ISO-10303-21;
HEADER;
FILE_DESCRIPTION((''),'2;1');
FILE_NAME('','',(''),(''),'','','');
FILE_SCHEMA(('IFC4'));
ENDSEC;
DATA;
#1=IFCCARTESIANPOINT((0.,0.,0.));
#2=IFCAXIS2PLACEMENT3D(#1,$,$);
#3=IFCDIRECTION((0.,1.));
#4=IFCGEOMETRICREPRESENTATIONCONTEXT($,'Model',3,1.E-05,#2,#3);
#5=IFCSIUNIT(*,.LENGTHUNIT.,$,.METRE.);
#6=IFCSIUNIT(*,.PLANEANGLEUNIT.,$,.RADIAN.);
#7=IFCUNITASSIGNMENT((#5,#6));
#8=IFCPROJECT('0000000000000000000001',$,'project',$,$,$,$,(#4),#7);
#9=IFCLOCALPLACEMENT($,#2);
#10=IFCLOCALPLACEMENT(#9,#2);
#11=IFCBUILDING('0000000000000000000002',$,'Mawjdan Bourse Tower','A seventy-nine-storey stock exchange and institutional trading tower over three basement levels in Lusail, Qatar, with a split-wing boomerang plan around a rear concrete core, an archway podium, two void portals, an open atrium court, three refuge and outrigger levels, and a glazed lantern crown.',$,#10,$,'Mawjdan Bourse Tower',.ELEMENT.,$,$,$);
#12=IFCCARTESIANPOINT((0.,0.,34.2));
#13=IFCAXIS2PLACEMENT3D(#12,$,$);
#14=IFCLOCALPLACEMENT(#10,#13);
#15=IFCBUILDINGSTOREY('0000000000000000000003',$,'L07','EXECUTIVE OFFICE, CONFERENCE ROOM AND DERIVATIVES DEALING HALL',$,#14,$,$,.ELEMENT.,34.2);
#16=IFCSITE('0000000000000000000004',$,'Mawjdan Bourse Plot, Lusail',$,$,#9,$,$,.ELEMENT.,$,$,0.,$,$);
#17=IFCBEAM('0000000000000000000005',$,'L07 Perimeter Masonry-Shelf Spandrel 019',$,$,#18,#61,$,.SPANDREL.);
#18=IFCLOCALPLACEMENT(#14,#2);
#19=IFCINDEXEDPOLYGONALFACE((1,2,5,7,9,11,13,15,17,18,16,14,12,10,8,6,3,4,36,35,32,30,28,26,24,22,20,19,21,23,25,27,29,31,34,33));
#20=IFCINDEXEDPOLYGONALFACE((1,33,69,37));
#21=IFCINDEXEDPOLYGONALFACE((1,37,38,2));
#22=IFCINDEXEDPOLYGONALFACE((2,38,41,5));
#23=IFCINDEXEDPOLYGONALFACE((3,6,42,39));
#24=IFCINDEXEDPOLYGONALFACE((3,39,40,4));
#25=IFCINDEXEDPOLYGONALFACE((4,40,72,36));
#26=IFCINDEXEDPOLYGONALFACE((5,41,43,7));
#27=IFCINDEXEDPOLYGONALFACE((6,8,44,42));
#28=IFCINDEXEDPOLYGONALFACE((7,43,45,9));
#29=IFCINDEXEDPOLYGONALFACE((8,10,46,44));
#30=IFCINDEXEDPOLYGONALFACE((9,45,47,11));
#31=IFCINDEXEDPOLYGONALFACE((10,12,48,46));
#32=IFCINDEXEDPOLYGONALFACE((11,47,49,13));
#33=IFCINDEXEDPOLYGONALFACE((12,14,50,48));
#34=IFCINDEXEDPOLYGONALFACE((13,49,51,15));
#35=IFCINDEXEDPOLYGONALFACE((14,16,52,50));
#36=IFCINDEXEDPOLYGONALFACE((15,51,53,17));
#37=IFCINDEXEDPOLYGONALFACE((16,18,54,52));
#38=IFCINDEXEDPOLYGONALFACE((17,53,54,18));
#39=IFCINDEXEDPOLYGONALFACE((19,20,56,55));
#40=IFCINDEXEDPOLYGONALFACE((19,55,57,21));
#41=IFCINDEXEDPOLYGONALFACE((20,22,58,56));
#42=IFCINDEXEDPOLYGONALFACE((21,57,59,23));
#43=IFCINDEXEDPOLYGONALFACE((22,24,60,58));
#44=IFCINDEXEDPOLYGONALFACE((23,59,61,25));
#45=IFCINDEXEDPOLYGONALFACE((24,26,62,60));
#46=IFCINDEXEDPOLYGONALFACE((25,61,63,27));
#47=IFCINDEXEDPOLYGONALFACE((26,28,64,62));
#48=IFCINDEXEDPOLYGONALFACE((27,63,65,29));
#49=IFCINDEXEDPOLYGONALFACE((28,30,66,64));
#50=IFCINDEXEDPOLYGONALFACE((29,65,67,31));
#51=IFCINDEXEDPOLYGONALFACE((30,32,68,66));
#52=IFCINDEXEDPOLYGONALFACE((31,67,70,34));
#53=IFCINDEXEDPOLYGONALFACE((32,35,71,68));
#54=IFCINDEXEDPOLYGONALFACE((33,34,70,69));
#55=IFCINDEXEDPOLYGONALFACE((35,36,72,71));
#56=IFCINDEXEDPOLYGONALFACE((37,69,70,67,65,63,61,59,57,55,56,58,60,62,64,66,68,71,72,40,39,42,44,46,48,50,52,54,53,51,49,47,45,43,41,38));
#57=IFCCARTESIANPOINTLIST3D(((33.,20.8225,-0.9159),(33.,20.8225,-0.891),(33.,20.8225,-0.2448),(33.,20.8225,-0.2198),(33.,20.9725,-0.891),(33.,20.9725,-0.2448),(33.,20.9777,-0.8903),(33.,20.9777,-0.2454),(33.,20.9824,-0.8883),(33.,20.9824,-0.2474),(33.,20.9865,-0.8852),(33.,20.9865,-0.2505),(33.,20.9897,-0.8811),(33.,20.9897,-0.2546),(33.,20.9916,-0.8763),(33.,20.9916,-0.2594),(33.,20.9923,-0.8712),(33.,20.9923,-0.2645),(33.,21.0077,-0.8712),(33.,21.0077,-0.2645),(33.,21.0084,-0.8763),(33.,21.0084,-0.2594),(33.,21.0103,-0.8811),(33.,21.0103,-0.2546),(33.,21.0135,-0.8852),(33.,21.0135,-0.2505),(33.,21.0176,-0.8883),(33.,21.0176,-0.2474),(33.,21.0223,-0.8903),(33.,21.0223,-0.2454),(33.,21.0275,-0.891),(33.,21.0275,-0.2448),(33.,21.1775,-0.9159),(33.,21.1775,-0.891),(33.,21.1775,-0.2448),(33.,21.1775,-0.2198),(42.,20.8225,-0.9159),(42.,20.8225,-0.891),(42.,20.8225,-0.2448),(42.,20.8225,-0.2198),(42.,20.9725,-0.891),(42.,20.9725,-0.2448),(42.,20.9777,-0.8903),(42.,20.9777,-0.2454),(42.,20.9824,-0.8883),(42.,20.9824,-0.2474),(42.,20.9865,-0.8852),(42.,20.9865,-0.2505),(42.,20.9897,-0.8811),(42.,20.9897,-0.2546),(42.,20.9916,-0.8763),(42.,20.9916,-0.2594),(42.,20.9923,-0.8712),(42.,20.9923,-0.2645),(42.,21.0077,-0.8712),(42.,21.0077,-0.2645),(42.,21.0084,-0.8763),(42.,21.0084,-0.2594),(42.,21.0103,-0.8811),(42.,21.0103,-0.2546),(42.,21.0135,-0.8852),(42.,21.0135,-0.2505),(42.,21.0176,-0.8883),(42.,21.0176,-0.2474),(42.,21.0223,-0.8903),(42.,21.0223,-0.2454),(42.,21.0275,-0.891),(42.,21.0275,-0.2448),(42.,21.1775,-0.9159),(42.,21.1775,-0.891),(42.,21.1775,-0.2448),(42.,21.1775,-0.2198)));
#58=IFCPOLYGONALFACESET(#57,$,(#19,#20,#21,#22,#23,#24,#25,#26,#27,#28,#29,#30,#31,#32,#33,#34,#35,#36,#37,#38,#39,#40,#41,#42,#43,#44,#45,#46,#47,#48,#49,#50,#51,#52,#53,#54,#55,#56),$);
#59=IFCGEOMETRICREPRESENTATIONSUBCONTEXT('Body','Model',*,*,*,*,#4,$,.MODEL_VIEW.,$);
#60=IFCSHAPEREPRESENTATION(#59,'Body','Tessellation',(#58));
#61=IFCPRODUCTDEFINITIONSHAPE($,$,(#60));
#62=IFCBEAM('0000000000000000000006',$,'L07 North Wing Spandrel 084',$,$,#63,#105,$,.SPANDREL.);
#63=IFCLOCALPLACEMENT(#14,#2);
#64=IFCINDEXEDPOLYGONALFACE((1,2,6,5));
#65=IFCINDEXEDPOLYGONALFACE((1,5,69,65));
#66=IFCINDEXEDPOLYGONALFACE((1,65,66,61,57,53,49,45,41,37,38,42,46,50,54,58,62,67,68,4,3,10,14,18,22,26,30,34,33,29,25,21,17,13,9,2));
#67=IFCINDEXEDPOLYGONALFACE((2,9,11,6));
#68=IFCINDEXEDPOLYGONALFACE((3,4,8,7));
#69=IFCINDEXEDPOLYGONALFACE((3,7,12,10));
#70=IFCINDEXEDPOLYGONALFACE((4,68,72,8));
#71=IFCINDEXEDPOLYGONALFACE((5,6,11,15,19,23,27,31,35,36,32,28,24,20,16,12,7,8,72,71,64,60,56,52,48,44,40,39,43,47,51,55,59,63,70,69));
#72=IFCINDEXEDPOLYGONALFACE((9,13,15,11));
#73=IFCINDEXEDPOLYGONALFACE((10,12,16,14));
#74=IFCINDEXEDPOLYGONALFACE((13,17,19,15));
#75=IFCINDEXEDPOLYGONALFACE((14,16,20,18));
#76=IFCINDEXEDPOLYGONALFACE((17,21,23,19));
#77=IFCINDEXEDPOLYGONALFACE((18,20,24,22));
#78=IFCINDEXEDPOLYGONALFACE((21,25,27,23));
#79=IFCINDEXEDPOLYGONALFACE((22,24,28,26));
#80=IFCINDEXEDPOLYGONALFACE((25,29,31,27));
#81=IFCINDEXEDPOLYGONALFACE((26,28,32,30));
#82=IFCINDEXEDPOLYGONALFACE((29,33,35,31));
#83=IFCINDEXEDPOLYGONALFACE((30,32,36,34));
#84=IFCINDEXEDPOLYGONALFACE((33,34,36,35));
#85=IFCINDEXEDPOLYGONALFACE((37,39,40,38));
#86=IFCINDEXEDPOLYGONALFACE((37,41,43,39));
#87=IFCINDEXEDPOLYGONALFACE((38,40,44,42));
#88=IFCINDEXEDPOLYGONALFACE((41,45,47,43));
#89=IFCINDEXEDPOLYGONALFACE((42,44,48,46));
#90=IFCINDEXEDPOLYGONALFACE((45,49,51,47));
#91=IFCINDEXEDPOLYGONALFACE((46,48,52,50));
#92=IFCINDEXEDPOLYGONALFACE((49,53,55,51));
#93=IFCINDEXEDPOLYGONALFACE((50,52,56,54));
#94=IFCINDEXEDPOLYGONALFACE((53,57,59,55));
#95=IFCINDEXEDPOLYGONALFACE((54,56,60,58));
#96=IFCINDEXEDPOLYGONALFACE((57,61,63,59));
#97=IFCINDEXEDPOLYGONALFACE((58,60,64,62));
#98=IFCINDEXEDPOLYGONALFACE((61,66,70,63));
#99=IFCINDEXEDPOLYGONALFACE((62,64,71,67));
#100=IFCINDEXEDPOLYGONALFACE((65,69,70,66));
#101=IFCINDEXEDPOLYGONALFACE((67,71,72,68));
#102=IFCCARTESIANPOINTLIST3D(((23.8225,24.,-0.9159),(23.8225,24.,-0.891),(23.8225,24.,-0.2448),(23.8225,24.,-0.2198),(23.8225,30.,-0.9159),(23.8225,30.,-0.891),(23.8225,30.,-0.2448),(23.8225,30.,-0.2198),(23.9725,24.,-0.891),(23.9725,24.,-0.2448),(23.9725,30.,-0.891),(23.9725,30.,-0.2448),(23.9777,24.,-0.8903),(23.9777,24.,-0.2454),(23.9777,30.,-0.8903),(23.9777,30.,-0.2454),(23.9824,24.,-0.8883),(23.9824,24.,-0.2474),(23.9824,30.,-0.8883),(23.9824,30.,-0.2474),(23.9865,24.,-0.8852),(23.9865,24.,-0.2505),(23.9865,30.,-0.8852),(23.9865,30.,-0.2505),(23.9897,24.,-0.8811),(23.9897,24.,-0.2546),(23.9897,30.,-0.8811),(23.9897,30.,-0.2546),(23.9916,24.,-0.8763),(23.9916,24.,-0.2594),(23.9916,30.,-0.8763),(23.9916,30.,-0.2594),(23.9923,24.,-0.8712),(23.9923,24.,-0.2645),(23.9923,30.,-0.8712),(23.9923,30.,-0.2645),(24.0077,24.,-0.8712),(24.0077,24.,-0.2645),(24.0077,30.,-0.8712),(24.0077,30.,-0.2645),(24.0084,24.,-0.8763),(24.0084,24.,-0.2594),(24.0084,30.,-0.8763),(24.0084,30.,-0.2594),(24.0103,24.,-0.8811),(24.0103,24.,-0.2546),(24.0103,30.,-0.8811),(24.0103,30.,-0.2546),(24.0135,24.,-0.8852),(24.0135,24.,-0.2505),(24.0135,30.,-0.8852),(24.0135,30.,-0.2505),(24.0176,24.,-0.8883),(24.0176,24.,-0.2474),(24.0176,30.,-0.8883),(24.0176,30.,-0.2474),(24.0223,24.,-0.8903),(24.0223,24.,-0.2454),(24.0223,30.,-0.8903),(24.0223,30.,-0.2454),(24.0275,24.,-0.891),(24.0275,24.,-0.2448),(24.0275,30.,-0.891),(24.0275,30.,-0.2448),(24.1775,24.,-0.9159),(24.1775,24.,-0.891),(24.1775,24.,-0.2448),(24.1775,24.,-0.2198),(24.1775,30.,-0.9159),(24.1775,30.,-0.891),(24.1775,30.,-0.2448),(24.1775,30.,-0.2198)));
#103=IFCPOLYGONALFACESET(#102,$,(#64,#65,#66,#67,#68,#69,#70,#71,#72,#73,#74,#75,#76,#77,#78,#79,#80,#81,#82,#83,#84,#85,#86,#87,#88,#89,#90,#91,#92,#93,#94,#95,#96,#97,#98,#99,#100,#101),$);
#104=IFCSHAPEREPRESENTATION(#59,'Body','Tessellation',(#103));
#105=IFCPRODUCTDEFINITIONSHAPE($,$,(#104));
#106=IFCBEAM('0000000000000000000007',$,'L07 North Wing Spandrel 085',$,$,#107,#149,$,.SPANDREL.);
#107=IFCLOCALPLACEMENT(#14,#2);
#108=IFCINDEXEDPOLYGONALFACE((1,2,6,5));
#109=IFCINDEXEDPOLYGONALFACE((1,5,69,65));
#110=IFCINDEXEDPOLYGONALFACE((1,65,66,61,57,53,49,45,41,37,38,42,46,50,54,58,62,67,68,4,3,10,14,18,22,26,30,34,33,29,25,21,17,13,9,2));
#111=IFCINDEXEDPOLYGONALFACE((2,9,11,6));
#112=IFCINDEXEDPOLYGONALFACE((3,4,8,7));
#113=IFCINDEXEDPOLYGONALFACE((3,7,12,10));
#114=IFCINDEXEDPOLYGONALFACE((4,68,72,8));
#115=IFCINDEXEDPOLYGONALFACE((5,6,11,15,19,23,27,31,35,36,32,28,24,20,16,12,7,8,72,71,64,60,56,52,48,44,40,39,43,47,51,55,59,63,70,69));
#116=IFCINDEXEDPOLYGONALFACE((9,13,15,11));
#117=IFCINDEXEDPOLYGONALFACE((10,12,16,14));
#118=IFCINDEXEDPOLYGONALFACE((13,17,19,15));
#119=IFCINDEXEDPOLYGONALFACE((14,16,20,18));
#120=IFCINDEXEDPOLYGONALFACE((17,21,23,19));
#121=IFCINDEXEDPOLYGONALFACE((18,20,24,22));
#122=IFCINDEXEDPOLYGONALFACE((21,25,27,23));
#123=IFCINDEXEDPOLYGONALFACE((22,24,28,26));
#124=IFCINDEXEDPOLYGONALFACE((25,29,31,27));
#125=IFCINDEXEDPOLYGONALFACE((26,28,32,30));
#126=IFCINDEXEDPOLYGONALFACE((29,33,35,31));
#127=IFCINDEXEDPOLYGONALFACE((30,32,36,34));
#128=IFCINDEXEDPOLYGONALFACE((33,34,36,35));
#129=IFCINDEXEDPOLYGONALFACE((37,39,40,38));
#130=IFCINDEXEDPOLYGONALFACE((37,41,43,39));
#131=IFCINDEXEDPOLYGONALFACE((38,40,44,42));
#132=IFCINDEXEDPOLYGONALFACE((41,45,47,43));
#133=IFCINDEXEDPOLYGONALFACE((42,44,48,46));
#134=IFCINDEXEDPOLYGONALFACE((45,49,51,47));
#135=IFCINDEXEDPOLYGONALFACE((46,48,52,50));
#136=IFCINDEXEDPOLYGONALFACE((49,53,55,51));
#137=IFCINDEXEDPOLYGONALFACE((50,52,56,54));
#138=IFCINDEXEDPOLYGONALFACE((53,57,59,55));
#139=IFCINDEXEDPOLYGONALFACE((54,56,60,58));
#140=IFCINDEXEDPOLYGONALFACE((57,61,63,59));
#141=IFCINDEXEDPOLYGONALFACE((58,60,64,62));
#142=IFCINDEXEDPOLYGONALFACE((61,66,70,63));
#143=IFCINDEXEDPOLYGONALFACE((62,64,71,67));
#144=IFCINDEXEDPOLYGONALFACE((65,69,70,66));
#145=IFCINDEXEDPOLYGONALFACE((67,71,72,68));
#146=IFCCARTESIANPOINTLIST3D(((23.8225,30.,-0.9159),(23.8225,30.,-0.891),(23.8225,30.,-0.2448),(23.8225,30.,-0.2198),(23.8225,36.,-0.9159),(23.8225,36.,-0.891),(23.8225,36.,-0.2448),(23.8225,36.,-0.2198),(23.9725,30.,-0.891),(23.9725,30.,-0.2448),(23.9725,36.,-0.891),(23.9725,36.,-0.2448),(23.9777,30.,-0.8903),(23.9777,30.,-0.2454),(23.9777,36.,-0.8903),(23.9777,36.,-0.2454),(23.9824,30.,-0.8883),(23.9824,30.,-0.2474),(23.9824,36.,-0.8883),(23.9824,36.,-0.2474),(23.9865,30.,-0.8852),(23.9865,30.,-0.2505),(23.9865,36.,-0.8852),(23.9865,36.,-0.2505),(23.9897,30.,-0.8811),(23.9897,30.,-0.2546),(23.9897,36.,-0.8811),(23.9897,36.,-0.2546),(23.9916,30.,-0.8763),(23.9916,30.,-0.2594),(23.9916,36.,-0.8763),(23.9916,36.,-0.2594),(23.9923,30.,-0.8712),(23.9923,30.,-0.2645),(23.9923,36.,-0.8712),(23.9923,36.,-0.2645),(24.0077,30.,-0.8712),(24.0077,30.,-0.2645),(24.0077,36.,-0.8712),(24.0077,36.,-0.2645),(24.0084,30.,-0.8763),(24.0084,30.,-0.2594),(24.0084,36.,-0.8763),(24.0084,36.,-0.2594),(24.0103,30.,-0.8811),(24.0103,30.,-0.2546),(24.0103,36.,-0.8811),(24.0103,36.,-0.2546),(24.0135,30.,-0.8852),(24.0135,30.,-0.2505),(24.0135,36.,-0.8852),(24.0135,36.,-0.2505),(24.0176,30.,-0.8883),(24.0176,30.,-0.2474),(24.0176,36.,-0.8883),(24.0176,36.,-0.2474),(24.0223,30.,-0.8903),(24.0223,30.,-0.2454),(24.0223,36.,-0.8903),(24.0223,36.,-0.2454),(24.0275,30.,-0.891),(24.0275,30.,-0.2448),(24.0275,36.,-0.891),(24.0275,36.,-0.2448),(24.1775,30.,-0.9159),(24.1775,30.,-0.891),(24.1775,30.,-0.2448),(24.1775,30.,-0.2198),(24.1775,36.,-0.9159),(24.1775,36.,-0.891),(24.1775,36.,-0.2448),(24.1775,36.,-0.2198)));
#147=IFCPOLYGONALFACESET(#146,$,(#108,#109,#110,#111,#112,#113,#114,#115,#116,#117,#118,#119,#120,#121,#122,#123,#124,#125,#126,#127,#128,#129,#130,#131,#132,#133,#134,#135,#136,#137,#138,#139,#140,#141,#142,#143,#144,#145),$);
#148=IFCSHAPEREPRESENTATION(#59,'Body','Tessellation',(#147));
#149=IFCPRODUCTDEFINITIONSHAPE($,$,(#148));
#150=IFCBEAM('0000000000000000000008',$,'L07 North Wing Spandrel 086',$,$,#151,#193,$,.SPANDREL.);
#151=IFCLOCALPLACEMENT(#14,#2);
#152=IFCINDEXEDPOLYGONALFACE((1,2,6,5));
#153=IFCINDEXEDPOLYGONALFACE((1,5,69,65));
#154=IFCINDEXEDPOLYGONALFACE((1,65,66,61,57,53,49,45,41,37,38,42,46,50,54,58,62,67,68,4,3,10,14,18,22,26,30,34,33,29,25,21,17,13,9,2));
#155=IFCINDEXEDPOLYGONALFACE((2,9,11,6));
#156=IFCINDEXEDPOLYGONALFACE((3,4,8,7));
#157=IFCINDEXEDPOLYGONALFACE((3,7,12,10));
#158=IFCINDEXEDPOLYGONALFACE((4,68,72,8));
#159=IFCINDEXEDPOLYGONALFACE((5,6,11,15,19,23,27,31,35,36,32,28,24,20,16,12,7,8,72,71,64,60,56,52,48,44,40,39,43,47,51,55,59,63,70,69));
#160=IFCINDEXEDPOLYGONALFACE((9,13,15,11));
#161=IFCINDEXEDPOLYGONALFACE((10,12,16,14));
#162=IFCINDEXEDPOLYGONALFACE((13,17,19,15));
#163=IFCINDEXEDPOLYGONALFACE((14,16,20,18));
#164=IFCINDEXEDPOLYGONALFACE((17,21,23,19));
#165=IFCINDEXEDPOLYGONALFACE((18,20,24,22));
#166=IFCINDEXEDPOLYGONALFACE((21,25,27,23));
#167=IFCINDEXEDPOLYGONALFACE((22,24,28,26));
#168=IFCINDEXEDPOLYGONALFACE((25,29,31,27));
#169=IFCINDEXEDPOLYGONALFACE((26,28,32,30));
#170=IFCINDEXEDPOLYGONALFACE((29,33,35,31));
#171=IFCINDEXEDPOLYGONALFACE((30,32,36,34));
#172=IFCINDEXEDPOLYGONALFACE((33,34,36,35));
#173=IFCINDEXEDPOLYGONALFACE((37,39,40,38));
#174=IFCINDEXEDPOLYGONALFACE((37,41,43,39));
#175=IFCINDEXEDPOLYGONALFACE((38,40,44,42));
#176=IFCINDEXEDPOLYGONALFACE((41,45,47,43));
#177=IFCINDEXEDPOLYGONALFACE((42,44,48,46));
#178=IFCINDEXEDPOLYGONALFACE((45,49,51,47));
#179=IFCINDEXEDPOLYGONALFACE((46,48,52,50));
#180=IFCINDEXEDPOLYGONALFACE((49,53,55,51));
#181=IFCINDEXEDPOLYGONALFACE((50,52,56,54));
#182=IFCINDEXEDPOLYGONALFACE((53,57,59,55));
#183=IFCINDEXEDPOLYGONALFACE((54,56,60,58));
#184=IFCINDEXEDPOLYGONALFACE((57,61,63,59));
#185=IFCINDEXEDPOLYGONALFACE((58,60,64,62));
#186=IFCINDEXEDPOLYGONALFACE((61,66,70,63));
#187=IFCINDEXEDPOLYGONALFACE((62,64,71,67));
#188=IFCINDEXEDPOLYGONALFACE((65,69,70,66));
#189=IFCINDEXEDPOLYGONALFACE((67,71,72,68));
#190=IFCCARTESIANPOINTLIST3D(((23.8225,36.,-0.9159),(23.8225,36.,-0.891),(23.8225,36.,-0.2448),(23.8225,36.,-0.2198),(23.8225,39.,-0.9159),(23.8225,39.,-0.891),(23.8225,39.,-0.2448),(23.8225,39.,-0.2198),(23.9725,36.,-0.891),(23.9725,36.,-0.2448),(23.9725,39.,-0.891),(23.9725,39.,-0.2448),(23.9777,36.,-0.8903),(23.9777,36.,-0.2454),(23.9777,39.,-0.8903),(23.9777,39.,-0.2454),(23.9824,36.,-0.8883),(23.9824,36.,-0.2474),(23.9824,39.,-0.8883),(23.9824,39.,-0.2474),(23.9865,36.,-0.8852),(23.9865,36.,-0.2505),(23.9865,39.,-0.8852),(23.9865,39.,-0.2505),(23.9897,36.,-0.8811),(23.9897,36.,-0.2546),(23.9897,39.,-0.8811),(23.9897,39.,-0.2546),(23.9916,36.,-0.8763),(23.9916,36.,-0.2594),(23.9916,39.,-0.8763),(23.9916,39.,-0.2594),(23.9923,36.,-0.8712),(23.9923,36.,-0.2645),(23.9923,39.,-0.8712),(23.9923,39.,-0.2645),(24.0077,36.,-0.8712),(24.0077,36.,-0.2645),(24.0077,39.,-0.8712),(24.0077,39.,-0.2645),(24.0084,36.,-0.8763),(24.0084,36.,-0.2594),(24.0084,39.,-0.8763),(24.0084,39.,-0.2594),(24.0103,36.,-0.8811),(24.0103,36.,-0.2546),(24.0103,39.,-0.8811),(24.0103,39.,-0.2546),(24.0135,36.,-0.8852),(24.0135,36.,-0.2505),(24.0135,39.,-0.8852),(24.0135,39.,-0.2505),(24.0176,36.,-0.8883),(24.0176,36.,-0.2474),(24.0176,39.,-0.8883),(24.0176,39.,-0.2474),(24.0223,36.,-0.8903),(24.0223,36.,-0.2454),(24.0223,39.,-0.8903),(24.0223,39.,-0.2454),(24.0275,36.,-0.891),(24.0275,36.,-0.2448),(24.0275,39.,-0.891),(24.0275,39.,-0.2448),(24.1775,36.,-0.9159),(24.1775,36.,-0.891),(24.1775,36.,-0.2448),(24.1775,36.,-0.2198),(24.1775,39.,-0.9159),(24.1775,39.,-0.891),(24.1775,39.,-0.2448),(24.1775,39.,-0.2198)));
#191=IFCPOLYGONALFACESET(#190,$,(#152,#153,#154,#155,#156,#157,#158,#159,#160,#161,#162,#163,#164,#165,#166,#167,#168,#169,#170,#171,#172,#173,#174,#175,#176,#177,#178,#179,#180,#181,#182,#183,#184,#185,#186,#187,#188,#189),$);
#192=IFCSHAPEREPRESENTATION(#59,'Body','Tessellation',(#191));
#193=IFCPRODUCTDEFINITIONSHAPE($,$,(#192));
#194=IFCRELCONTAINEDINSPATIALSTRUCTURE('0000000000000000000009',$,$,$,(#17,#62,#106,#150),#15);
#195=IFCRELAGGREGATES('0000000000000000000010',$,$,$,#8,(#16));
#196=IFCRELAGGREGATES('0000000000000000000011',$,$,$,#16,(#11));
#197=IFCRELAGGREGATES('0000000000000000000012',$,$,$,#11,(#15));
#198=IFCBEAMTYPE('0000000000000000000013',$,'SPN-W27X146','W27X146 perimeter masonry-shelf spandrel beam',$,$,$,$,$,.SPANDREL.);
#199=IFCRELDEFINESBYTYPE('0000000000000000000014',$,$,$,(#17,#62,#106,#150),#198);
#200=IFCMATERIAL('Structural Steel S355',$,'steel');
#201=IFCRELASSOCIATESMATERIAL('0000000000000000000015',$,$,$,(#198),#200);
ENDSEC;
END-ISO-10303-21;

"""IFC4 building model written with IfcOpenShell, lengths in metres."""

from ifc_helpers import new_model, si_unit, direction, frame, origin, origin_2d, place, context, subcontext, project, spatial, i_section, extrude, material, material_profile, profile_set, type_object, element, save


model = new_model("IFC4")

# Units and contexts
model_context = context("Model", 3, precision=1e-05, world=origin(), true_north=direction((0.0, 1.0)))
body_context = subcontext(model_context, "Body", "Model", "MODEL_VIEW")
ifc_project = project(units=[si_unit("LENGTHUNIT", "METRE"), si_unit("PLANEANGLEUNIT", "RADIAN")], contexts=[model_context])

# Site, building, storey
site_placement = place(None, origin())
site = spatial("IfcSite", under=ifc_project, at=site_placement, Name="Mawjdan Bourse Plot, Lusail", CompositionType="ELEMENT", RefElevation=0.0)
building_placement = place(site_placement, origin())
building = spatial("IfcBuilding", under=site, at=building_placement, Name="Mawjdan Bourse Tower", Description="A seventy-nine-storey stock exchange and institutional trading tower over three basement levels in Lusail, Qatar, with a split-wing boomerang plan around a rear concrete core, an archway podium, two void portals, an open atrium court, three refuge and outrigger levels, and a glazed lantern crown.", LongName="Mawjdan Bourse Tower", CompositionType="ELEMENT")
storey_placement = place(building_placement, frame((0.0, 0.0, 34.2)))
storey = spatial("IfcBuildingStorey", under=building, at=storey_placement, Name="L07", Description="EXECUTIVE OFFICE, CONFERENCE ROOM AND DERIVATIVES DEALING HALL", CompositionType="ELEMENT", Elevation=34.2)

# Beams
ifc_material_1 = material(Name="Structural Steel S355", Category="steel")
ifc_material_profile_1 = material_profile(ifc_material_1, i_section(OverallWidth=0.355, OverallDepth=0.696, WebThickness=0.0154, FlangeThickness=0.0249, FilletRadius=0.0198, at=origin_2d()), Name="W27X146")
ifc_profile_set_1 = profile_set([ifc_material_profile_1], Name="Structural Steel S355")
beam_type_1 = type_object("IfcBeamType", Name="SPN-W27X146", Description="W27X146 perimeter masonry-shelf spandrel beam", PredefinedType="SPANDREL", material=ifc_profile_set_1)
beam_1_placement = place(storey_placement, frame((33.0, 21.0, -0.5679), z_axis=(1.0, 0.0, 0.0), x_axis=(0.0, 1.0, 0.0)))
element("IfcBeam", 1, at=beam_1_placement, inside=storey, type_object=beam_type_1, Name="L07 Perimeter Masonry-Shelf Spandrel 019", PredefinedType="SPANDREL", context=body_context, shape_type="SweptSolid", body=[
    extrude(i_section(OverallWidth=0.355, OverallDepth=0.696, WebThickness=0.0154, FlangeThickness=0.0249, FilletRadius=0.0198, at=origin_2d()), origin(), (0.0, 0.0, 1.0), 9.0),
])
for number, where, z_axis, x_axis, name in (
    (2, (24.0, 24.0, -0.5679), (0.0, 1.0, 0.0), (-1.0, 0.0, 0.0), "L07 North Wing Spandrel 084"),
    (3, (24.0, 30.0, -0.5679), (0.0, 1.0, 0.0), (-1.0, 0.0, 0.0), "L07 North Wing Spandrel 085"),
):
    element("IfcBeam", number, at=place(storey_placement, frame(where, z_axis=z_axis, x_axis=x_axis)), inside=storey, type_object=beam_type_1, Name=name, PredefinedType="SPANDREL", context=body_context, shape_type="SweptSolid", body=[
        extrude(i_section(OverallWidth=0.355, OverallDepth=0.696, WebThickness=0.0154, FlangeThickness=0.0249, FilletRadius=0.0198, at=origin_2d()), origin(), (0.0, 0.0, 1.0), 6.0),
    ])
for number, where, z_axis, x_axis, name in (
    (4, (24.0, 36.0, -0.5679), (0.0, 1.0, 0.0), (-1.0, 0.0, 0.0), "L07 North Wing Spandrel 086"),
):
    element("IfcBeam", number, at=place(storey_placement, frame(where, z_axis=z_axis, x_axis=x_axis)), inside=storey, type_object=beam_type_1, Name=name, PredefinedType="SPANDREL", context=body_context, shape_type="SweptSolid", body=[
        extrude(i_section(OverallWidth=0.355, OverallDepth=0.696, WebThickness=0.0154, FlangeThickness=0.0249, FilletRadius=0.0198, at=origin_2d()), origin(), (0.0, 0.0, 1.0), 3.0),
    ])

save(model, "model.ifc")
